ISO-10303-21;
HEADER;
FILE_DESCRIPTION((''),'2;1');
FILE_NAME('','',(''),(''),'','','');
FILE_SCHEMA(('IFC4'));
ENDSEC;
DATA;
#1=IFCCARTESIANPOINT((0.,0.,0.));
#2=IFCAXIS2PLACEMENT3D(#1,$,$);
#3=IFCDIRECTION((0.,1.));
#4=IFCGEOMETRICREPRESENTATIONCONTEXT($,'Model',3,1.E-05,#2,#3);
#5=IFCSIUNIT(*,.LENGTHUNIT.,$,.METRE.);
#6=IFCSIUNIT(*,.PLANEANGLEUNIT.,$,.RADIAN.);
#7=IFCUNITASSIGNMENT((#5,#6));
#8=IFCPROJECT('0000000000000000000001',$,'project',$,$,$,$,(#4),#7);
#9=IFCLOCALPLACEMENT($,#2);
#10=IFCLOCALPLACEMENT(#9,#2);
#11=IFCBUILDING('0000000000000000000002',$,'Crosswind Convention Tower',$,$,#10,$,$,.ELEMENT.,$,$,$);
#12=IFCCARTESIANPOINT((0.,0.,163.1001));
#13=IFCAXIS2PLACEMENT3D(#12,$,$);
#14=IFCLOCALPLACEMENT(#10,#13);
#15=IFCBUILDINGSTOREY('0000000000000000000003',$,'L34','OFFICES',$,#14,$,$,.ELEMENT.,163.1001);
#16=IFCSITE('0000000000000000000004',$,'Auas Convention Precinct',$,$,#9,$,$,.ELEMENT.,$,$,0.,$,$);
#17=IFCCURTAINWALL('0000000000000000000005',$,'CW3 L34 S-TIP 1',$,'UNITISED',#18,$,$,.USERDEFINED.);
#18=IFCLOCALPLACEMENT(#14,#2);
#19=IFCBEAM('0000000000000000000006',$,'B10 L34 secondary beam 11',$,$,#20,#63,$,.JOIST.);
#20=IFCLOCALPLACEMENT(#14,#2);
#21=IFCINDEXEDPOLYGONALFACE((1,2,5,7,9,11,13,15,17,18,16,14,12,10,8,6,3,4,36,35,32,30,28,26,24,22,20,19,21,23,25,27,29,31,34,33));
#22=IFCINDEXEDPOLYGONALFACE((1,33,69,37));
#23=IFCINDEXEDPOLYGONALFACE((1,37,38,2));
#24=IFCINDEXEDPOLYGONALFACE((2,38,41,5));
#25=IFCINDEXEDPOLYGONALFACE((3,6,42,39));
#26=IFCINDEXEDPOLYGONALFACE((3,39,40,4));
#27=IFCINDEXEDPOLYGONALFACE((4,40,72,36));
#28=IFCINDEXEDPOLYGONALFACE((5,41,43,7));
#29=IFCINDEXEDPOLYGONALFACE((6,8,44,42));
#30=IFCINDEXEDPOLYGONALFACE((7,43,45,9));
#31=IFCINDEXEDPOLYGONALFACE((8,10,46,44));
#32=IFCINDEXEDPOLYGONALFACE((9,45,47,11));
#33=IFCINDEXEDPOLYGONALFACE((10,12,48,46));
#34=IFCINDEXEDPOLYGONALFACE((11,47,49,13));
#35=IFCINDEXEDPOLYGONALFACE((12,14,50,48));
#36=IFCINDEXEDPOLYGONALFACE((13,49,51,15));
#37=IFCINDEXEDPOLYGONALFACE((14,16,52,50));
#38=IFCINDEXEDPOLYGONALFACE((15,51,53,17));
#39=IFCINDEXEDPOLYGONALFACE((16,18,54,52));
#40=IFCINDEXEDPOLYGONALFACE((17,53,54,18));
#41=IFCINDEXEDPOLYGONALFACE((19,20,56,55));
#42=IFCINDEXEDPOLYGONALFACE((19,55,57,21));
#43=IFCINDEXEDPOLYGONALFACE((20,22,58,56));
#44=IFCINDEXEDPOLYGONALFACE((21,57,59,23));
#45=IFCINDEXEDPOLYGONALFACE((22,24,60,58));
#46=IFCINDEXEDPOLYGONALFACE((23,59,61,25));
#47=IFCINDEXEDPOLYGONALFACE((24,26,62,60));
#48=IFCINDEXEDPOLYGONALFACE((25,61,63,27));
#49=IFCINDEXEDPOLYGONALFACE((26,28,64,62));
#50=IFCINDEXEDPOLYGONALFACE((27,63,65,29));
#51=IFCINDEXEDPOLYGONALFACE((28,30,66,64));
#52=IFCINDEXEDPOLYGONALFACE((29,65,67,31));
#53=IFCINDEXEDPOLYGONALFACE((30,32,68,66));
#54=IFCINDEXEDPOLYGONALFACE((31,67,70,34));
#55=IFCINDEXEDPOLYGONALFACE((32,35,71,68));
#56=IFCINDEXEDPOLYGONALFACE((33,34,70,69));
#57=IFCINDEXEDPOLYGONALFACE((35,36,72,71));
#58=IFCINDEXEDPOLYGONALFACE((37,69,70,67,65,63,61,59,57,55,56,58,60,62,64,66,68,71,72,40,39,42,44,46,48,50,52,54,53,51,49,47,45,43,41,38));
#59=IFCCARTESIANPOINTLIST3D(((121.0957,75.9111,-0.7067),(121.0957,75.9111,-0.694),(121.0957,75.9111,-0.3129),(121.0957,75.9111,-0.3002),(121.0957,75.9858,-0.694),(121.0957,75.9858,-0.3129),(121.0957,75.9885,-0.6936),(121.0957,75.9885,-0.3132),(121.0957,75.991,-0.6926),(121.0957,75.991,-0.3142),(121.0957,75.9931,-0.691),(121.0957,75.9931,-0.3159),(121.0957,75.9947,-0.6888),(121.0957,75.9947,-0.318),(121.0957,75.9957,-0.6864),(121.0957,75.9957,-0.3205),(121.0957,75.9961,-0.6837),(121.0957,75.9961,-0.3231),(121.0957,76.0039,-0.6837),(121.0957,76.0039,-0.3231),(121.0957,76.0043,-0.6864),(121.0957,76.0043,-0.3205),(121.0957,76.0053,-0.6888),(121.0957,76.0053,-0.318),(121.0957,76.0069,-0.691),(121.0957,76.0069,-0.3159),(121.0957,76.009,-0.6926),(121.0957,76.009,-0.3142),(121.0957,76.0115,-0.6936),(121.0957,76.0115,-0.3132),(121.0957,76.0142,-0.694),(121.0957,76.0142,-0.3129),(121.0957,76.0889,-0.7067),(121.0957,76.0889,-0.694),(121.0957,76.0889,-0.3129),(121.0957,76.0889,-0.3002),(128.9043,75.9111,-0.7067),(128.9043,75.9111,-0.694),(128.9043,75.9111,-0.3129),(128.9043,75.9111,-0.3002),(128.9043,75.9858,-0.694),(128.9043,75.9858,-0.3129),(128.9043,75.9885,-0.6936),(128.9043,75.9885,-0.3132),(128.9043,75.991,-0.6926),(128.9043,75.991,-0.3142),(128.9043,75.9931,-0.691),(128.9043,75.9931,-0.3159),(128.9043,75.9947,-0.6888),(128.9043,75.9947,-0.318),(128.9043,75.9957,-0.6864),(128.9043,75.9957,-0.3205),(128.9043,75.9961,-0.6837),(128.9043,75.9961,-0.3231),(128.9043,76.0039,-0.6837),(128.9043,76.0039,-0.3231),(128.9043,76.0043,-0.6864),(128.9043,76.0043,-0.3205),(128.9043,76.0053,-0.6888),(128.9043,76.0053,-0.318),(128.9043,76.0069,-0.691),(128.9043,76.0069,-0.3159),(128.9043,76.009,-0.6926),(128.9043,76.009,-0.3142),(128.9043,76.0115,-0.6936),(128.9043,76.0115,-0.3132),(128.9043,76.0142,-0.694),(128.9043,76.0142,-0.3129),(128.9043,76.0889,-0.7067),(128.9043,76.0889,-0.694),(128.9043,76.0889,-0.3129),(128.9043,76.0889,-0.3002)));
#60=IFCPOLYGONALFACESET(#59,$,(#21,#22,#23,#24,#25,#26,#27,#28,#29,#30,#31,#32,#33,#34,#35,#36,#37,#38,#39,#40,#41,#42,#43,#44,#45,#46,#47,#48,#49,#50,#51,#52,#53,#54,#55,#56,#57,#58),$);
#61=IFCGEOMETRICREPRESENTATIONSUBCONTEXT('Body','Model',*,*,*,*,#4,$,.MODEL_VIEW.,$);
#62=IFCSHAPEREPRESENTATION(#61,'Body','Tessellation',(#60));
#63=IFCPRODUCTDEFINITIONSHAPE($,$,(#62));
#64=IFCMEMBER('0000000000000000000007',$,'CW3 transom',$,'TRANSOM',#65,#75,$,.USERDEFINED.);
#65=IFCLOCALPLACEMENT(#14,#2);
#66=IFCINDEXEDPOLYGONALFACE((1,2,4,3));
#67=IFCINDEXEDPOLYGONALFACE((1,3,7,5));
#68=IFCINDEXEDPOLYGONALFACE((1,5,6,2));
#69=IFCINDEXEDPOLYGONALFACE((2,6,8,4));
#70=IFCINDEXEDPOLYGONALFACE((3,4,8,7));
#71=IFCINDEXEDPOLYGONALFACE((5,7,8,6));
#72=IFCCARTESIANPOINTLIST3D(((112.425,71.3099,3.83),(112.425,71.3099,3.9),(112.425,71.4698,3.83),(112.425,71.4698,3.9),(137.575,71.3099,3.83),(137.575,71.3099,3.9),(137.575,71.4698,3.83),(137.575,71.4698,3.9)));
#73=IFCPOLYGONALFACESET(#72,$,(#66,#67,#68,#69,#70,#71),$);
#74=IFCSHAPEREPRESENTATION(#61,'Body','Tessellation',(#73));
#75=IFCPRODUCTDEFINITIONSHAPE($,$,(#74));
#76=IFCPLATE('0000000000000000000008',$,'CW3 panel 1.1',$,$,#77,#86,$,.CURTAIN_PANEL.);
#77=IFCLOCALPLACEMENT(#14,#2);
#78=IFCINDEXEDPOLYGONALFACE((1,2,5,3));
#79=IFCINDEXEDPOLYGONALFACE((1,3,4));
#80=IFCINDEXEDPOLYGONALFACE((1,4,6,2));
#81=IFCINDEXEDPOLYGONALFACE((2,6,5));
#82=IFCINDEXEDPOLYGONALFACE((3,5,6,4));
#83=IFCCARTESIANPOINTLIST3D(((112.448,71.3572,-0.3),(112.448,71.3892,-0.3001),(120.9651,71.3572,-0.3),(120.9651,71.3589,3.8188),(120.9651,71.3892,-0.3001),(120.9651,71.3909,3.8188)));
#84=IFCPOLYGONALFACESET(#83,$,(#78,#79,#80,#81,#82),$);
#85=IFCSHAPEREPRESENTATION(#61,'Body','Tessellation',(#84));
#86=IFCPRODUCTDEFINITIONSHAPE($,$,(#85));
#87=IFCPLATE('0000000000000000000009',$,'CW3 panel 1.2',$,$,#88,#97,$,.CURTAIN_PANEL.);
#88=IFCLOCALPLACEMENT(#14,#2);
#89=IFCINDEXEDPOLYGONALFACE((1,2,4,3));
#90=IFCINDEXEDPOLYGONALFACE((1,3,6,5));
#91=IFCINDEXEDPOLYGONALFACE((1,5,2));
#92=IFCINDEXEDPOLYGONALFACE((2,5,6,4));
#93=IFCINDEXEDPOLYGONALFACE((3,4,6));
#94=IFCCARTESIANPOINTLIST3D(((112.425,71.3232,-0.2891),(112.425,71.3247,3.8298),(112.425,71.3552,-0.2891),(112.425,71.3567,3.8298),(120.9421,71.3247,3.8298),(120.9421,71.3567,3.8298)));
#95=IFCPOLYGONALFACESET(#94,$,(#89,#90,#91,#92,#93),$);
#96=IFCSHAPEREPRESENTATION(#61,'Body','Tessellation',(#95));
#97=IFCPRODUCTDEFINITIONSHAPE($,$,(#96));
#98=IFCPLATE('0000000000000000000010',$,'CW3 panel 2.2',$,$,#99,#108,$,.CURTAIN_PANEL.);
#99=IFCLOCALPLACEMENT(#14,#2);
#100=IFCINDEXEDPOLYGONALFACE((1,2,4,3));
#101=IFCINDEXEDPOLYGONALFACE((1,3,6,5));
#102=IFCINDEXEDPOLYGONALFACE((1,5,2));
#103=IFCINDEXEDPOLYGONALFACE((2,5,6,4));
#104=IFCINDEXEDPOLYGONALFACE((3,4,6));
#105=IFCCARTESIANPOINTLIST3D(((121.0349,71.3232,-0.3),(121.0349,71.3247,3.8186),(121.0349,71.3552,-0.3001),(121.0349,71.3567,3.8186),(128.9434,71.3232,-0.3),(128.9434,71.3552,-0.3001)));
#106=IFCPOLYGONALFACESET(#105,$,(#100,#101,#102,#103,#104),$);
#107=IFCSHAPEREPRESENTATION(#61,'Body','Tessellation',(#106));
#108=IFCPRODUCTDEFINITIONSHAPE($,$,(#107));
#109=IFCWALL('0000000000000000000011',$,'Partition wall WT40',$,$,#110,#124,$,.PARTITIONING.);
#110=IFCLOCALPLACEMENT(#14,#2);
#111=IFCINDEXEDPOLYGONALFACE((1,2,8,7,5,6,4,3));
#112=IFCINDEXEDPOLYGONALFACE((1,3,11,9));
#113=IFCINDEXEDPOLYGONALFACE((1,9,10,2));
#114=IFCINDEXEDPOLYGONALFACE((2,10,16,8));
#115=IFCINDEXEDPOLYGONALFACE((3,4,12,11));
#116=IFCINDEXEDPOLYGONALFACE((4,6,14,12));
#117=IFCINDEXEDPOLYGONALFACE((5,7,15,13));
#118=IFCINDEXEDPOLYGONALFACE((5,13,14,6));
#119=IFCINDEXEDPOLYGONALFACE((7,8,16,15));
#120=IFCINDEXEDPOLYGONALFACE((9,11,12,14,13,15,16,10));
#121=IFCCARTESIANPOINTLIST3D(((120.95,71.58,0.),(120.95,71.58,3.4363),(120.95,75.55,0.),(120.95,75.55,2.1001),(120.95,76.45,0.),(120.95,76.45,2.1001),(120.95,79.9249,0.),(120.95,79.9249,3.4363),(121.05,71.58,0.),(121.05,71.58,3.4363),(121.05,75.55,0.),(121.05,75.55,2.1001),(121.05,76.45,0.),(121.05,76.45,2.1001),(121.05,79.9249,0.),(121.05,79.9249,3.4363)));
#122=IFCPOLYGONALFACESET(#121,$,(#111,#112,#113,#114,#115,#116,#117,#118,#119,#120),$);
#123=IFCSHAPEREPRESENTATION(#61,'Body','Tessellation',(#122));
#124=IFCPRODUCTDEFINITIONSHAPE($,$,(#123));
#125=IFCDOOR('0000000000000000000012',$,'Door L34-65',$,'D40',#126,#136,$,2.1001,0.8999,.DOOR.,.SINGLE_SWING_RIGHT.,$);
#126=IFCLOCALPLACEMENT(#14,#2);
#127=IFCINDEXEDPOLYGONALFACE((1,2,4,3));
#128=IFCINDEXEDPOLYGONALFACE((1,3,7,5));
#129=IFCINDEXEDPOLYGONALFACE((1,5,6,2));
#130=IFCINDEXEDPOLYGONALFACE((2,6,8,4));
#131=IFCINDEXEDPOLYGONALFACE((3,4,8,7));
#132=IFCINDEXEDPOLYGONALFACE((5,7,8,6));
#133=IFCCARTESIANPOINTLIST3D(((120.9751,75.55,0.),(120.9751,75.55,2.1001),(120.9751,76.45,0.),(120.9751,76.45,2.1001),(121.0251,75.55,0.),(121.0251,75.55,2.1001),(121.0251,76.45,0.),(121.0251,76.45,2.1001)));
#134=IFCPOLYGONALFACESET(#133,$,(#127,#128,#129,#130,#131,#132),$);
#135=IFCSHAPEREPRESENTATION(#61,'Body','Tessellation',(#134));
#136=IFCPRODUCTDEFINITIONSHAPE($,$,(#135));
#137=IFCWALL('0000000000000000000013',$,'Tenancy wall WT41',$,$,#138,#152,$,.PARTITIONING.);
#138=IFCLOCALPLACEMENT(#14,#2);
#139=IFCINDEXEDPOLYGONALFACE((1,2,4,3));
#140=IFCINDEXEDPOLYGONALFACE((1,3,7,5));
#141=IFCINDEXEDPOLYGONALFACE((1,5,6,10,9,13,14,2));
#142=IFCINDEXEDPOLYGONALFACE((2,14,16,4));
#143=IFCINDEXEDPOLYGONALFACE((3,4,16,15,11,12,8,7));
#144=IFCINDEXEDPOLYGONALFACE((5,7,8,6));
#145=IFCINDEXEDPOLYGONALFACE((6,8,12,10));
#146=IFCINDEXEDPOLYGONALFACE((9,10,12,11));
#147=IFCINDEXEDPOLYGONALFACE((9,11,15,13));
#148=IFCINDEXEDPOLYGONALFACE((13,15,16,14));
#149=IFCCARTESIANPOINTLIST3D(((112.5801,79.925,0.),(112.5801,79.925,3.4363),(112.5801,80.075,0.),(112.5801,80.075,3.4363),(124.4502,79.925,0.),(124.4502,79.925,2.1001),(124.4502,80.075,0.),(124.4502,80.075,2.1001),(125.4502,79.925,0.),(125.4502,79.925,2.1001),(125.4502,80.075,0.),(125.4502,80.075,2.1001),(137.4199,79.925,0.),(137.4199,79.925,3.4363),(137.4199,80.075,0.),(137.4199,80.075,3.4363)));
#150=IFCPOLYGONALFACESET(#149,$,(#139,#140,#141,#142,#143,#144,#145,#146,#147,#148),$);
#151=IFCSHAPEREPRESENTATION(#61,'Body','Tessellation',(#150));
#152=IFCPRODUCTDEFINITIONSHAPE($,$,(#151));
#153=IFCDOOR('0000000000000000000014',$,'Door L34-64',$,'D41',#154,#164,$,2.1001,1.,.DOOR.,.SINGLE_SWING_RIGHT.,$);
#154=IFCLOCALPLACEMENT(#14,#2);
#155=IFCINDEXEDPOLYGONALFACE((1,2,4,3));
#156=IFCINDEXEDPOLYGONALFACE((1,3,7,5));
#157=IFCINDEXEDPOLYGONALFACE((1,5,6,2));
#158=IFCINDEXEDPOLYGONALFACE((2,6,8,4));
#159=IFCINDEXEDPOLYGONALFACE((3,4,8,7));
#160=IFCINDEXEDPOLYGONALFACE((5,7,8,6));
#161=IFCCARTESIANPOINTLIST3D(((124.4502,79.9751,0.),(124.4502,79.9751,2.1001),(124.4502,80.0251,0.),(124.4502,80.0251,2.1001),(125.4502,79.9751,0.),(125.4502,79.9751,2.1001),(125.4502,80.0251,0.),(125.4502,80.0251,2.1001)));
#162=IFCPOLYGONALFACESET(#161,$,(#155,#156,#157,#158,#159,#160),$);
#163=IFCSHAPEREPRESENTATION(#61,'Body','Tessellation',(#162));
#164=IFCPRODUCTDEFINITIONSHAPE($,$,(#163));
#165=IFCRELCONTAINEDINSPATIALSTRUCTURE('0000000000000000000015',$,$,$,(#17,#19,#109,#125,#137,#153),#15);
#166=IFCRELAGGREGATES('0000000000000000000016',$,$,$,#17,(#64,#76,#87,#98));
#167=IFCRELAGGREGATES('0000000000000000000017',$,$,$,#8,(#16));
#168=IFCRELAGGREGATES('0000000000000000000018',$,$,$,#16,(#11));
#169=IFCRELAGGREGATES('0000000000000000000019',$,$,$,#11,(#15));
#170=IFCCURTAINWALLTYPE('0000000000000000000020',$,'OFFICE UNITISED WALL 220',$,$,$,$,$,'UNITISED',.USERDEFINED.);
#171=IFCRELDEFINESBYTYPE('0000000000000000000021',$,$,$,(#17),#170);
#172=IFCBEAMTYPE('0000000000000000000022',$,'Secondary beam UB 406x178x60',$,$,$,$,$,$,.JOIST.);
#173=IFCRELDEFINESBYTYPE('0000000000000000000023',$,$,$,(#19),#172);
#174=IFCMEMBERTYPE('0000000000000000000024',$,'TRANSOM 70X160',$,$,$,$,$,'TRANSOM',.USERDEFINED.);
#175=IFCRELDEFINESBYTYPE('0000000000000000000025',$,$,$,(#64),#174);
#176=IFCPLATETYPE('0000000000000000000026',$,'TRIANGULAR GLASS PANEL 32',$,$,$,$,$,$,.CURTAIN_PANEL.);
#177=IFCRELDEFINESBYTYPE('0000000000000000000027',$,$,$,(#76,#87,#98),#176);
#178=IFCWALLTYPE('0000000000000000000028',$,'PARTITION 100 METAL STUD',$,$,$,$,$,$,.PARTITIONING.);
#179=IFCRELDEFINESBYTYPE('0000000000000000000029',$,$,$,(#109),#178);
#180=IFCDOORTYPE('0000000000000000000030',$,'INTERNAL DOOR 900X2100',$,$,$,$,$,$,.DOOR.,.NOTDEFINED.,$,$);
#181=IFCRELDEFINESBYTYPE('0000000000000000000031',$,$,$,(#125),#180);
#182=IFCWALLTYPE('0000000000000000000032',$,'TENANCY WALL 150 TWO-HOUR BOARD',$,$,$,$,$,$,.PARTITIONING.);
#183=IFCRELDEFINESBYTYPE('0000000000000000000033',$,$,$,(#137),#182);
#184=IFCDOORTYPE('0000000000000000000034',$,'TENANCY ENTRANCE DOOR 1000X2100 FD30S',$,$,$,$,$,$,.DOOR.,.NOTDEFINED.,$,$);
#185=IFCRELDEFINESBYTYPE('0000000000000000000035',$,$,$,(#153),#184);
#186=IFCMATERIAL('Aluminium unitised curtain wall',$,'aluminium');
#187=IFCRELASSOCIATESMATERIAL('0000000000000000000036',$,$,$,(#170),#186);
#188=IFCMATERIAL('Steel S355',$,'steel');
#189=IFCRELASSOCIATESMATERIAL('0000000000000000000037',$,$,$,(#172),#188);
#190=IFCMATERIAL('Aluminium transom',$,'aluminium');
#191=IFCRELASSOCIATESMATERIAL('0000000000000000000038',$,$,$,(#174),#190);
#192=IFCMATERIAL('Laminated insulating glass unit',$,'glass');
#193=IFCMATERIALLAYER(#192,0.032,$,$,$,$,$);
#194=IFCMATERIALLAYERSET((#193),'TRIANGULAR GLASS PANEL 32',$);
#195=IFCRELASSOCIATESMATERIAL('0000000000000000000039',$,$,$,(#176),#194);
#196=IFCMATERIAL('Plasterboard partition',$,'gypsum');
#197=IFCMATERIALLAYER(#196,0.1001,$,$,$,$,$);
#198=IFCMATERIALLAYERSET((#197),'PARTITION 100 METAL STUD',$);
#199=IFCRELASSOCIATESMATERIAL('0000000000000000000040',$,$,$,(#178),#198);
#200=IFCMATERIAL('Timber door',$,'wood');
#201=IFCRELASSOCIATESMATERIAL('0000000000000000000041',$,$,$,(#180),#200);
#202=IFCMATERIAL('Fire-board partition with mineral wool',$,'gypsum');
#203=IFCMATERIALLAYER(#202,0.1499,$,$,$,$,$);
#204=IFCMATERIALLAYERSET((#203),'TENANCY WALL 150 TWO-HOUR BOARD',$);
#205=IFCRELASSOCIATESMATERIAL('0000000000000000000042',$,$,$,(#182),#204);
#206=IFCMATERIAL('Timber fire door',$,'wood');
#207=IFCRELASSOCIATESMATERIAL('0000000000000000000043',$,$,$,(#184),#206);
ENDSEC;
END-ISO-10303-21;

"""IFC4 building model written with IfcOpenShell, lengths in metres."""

from ifc_helpers import new_model, si_unit, direction, frame, frame_2d, origin, origin_2d, place, context, subcontext, project, spatial, polyline, rectangle, i_section, outline, extrude, material, layer, layer_set, material_profile, profile_set, type_object, element, fill, aggregate, save


model = new_model("IFC4")

# Units and contexts
model_context = context("Model", 3, precision=1e-05, world=origin(), true_north=direction((0.0, 1.0)))
body_context = subcontext(model_context, "Body", "Model", "MODEL_VIEW")
ifc_project = project(units=[si_unit("LENGTHUNIT", "METRE"), si_unit("PLANEANGLEUNIT", "RADIAN")], contexts=[model_context])

# Site, building, storey
site_placement = place(None, origin())
site = spatial("IfcSite", under=ifc_project, at=site_placement, Name="Auas Convention Precinct", CompositionType="ELEMENT", RefElevation=0.0)
building_placement = place(site_placement, origin())
building = spatial("IfcBuilding", under=site, at=building_placement, Name="Crosswind Convention Tower", CompositionType="ELEMENT")
storey_placement = place(building_placement, frame((0.0, 0.0, 163.1001)))
storey = spatial("IfcBuildingStorey", under=building, at=storey_placement, Name="L34", Description="OFFICES", CompositionType="ELEMENT", Elevation=163.1001)

# Shared definitions
ifc_material_1 = material(Name="Steel S355", Category="steel")

# Curtain wall
ifc_material_2 = material(Name="Aluminium unitised curtain wall", Category="aluminium")
curtain_wall_type_1 = type_object("IfcCurtainWallType", Name="OFFICE UNITISED WALL 220", ElementType="UNITISED", PredefinedType="USERDEFINED", material=ifc_material_2)
curtain_wall_1_placement = place(storey_placement, origin())
curtain_wall_1 = element("IfcCurtainWall", 1, at=curtain_wall_1_placement, inside=storey, type_object=curtain_wall_type_1, Name="CW3 L34 S-TIP 1", ObjectType="UNITISED", PredefinedType="USERDEFINED")

# Beam
ifc_material_profile_1 = material_profile(ifc_material_1, i_section(OverallWidth=0.1777, OverallDepth=0.4065, WebThickness=0.0078, FlangeThickness=0.0127, FilletRadius=0.0103, at=origin_2d()), Name="UB 406x178x60")
ifc_profile_set_1 = profile_set([ifc_material_profile_1], Name="Steel S355")
beam_type_1 = type_object("IfcBeamType", Name="Secondary beam UB 406x178x60", PredefinedType="JOIST", material=ifc_profile_set_1)
beam_1_placement = place(storey_placement, frame((121.0957, 76.0, -0.5034), z_axis=(1.0, 0.0, 0.0), x_axis=(0.0, 1.0, 0.0)))
element("IfcBeam", 2, at=beam_1_placement, inside=storey, type_object=beam_type_1, Name="B10 L34 secondary beam 11", PredefinedType="JOIST", context=body_context, shape_type="SweptSolid", body=[
    extrude(i_section(OverallWidth=0.1777, OverallDepth=0.4065, WebThickness=0.0078, FlangeThickness=0.0127, FilletRadius=0.0103, at=origin_2d()), origin(), (0.0, 0.0, 1.0), 7.8086),
])

# Member
ifc_material_3 = material(Name="Aluminium transom", Category="aluminium")
ifc_material_profile_2 = material_profile(ifc_material_3, rectangle(XDim=0.1599, YDim=0.0701, at=origin_2d()), Name="AL 160X70")
ifc_profile_set_2 = profile_set([ifc_material_profile_2], Name="Aluminium transom")
member_type_1 = type_object("IfcMemberType", Name="TRANSOM 70X160", ElementType="TRANSOM", PredefinedType="USERDEFINED", material=ifc_profile_set_2)
member_1_placement = place(storey_placement, frame((112.425, 71.3899, 3.865), z_axis=(1.0, 0.0, 0.0), x_axis=(0.0, 1.0, 0.0)))
member_1 = element("IfcMember", 3, at=member_1_placement, type_object=member_type_1, Name="CW3 transom", ObjectType="TRANSOM", PredefinedType="USERDEFINED", context=body_context, shape_type="SweptSolid", body=[
    extrude(rectangle(XDim=0.1599, YDim=0.0701, at=origin_2d()), origin(), (0.0, 0.0, 1.0), 25.1499),
])

# Plates
ifc_material_4 = material(Name="Laminated insulating glass unit", Category="glass")
ifc_layer_1 = layer(ifc_material_4, 0.032)
ifc_layer_set_1 = layer_set([ifc_layer_1], Name="TRIANGULAR GLASS PANEL 32")
plate_type = type_object("IfcPlateType", Name="TRIANGULAR GLASS PANEL 32", PredefinedType="CURTAIN_PANEL", material=ifc_layer_set_1)
plate_1_placement = place(storey_placement, frame((120.9651, 71.3572, -0.3), z_axis=(0.0, -1.0, 0.000415), x_axis=(0.0, 0.000415, 1.0)))
plate_1 = element("IfcPlate", 4, at=plate_1_placement, type_object=plate_type, Name="CW3 panel 1.1", PredefinedType="CURTAIN_PANEL", context=body_context, shape_type="SweptSolid", body=[
    extrude(outline(polyline([(0.0, 0.0), (4.1189, 0.0), (0.0, 8.5171), (0.0, 0.0)])), origin(), (0.0, 0.0, -1.0), 0.032),
])
plate_2_placement = place(storey_placement, frame((112.425, 71.3247, 3.8298), z_axis=(0.0, -1.0, 0.000356), x_axis=(0.0, -0.000356, -1.0)))
plate_2 = element("IfcPlate", 5, at=plate_2_placement, type_object=plate_type, Name="CW3 panel 1.2", PredefinedType="CURTAIN_PANEL", context=body_context, shape_type="SweptSolid", body=[
    extrude(outline(polyline([(0.0, 0.0), (4.1189, 0.0), (0.0, 8.5171), (0.0, 0.0)])), origin(), (0.0, 0.0, -1.0), 0.032),
])
plate_3_placement = place(storey_placement, frame((121.0349, 71.3232, -0.3), z_axis=(0.0, -1.0, 0.000356), x_axis=(1.0, 0.0, 0.0)))
plate_3 = element("IfcPlate", 6, at=plate_3_placement, type_object=plate_type, Name="CW3 panel 2.2", PredefinedType="CURTAIN_PANEL", context=body_context, shape_type="SweptSolid", body=[
    extrude(outline(polyline([(0.0, 0.0), (7.9084, 0.0), (0.0, 4.1187), (0.0, 0.0)])), origin(), (0.0, 0.0, -1.0), 0.032),
])

# Walls, openings, doors
ifc_material_5 = material(Name="Plasterboard partition", Category="gypsum")
ifc_layer_2 = layer(ifc_material_5, 0.1001)
ifc_layer_set_2 = layer_set([ifc_layer_2], Name="PARTITION 100 METAL STUD")
wall_type_1 = type_object("IfcWallType", Name="PARTITION 100 METAL STUD", PredefinedType="PARTITIONING", material=ifc_layer_set_2)
wall_1_placement = place(storey_placement, frame((121.0, 71.5801, 0.0), z_axis=(0.0, 0.0, 1.0), x_axis=(0.0, 1.0, 0.0)))
wall_1 = element("IfcWall", 7, at=wall_1_placement, inside=storey, type_object=wall_type_1, Name="Partition wall WT40", PredefinedType="PARTITIONING", context=body_context, shape_type="SweptSolid", body=[
    extrude(rectangle(XDim=8.345, YDim=0.1001, at=frame_2d((4.1724, 0.0))), origin(), (0.0, 0.0, 1.0), 3.4363),
])
opening_1_placement = place(wall_1_placement, frame((3.97, 0.0, 0.0)))
opening_1 = element("IfcOpeningElement", 8, at=opening_1_placement, cuts=wall_1, PredefinedType="OPENING", context=body_context, shape_type="SweptSolid", body=[
    extrude(rectangle(XDim=0.8999, YDim=2.1001, at=frame_2d((0.45, 1.05))), frame((0.0, 0.0601, 0.0), z_axis=(0.0, -1.0, 0.0), x_axis=(1.0, 0.0, 0.0)), (0.0, 0.0, 1.0), 0.1201),
])
ifc_material_6 = material(Name="Timber door", Category="wood")
door_type_1 = type_object("IfcDoorType", Name="INTERNAL DOOR 900X2100", OperationType="NOTDEFINED", PredefinedType="DOOR", material=ifc_material_6)
door_1_placement = place(opening_1_placement, origin())
door_1 = element("IfcDoor", 9, at=door_1_placement, inside=storey, type_object=door_type_1, Name="Door L34-65", ObjectType="D40", OperationType="SINGLE_SWING_RIGHT", OverallHeight=2.1001, OverallWidth=0.8999, PredefinedType="DOOR", context=body_context, shape_type="SweptSolid", body=[
    extrude(rectangle(XDim=0.8999, YDim=2.1001, at=frame_2d((0.45, 1.05))), frame((0.0, 0.0249, 0.0), z_axis=(0.0, -1.0, 0.0), x_axis=(1.0, 0.0, 0.0)), (0.0, 0.0, 1.0), 0.05),
])
fill(opening_1, door_1)
ifc_material_7 = material(Name="Fire-board partition with mineral wool", Category="gypsum")
ifc_layer_3 = layer(ifc_material_7, 0.1499)
ifc_layer_set_3 = layer_set([ifc_layer_3], Name="TENANCY WALL 150 TWO-HOUR BOARD")
wall_type_2 = type_object("IfcWallType", Name="TENANCY WALL 150 TWO-HOUR BOARD", PredefinedType="PARTITIONING", material=ifc_layer_set_3)
wall_2_placement = place(storey_placement, frame((112.5801, 80.0, 0.0), z_axis=(0.0, 0.0, 1.0), x_axis=(1.0, 0.0, 0.0)))
wall_2 = element("IfcWall", 10, at=wall_2_placement, inside=storey, type_object=wall_type_2, Name="Tenancy wall WT41", PredefinedType="PARTITIONING", context=body_context, shape_type="SweptSolid", body=[
    extrude(rectangle(XDim=24.8398, YDim=0.1499, at=frame_2d((12.4199, 0.0))), origin(), (0.0, 0.0, 1.0), 3.4363),
])
opening_2_placement = place(wall_2_placement, frame((11.8701, 0.0, 0.0)))
opening_2 = element("IfcOpeningElement", 11, at=opening_2_placement, cuts=wall_2, PredefinedType="OPENING", context=body_context, shape_type="SweptSolid", body=[
    extrude(rectangle(XDim=1.0, YDim=2.1001, at=frame_2d((0.5, 1.05))), frame((0.0, 0.085, 0.0), z_axis=(0.0, -1.0, 0.0), x_axis=(1.0, 0.0, 0.0)), (0.0, 0.0, 1.0), 0.1699),
])
ifc_material_8 = material(Name="Timber fire door", Category="wood")
door_type_2 = type_object("IfcDoorType", Name="TENANCY ENTRANCE DOOR 1000X2100 FD30S", OperationType="NOTDEFINED", PredefinedType="DOOR", material=ifc_material_8)
door_2_placement = place(opening_2_placement, frame((1.0, 0.0, 0.0), z_axis=(0.0, 0.0, 1.0), x_axis=(-1.0, 0.0, 0.0)))
door_2 = element("IfcDoor", 12, at=door_2_placement, inside=storey, type_object=door_type_2, Name="Door L34-64", ObjectType="D41", OperationType="SINGLE_SWING_RIGHT", OverallHeight=2.1001, OverallWidth=1.0, PredefinedType="DOOR", context=body_context, shape_type="SweptSolid", body=[
    extrude(rectangle(XDim=1.0, YDim=2.1001, at=frame_2d((0.5, 1.05))), frame((0.0, 0.0249, 0.0), z_axis=(0.0, -1.0, 0.0), x_axis=(1.0, 0.0, 0.0)), (0.0, 0.0, 1.0), 0.05),
])
fill(opening_2, door_2)

aggregate(curtain_wall_1, [member_1, plate_1, plate_2, plate_3])

save(model, "model.ifc")
